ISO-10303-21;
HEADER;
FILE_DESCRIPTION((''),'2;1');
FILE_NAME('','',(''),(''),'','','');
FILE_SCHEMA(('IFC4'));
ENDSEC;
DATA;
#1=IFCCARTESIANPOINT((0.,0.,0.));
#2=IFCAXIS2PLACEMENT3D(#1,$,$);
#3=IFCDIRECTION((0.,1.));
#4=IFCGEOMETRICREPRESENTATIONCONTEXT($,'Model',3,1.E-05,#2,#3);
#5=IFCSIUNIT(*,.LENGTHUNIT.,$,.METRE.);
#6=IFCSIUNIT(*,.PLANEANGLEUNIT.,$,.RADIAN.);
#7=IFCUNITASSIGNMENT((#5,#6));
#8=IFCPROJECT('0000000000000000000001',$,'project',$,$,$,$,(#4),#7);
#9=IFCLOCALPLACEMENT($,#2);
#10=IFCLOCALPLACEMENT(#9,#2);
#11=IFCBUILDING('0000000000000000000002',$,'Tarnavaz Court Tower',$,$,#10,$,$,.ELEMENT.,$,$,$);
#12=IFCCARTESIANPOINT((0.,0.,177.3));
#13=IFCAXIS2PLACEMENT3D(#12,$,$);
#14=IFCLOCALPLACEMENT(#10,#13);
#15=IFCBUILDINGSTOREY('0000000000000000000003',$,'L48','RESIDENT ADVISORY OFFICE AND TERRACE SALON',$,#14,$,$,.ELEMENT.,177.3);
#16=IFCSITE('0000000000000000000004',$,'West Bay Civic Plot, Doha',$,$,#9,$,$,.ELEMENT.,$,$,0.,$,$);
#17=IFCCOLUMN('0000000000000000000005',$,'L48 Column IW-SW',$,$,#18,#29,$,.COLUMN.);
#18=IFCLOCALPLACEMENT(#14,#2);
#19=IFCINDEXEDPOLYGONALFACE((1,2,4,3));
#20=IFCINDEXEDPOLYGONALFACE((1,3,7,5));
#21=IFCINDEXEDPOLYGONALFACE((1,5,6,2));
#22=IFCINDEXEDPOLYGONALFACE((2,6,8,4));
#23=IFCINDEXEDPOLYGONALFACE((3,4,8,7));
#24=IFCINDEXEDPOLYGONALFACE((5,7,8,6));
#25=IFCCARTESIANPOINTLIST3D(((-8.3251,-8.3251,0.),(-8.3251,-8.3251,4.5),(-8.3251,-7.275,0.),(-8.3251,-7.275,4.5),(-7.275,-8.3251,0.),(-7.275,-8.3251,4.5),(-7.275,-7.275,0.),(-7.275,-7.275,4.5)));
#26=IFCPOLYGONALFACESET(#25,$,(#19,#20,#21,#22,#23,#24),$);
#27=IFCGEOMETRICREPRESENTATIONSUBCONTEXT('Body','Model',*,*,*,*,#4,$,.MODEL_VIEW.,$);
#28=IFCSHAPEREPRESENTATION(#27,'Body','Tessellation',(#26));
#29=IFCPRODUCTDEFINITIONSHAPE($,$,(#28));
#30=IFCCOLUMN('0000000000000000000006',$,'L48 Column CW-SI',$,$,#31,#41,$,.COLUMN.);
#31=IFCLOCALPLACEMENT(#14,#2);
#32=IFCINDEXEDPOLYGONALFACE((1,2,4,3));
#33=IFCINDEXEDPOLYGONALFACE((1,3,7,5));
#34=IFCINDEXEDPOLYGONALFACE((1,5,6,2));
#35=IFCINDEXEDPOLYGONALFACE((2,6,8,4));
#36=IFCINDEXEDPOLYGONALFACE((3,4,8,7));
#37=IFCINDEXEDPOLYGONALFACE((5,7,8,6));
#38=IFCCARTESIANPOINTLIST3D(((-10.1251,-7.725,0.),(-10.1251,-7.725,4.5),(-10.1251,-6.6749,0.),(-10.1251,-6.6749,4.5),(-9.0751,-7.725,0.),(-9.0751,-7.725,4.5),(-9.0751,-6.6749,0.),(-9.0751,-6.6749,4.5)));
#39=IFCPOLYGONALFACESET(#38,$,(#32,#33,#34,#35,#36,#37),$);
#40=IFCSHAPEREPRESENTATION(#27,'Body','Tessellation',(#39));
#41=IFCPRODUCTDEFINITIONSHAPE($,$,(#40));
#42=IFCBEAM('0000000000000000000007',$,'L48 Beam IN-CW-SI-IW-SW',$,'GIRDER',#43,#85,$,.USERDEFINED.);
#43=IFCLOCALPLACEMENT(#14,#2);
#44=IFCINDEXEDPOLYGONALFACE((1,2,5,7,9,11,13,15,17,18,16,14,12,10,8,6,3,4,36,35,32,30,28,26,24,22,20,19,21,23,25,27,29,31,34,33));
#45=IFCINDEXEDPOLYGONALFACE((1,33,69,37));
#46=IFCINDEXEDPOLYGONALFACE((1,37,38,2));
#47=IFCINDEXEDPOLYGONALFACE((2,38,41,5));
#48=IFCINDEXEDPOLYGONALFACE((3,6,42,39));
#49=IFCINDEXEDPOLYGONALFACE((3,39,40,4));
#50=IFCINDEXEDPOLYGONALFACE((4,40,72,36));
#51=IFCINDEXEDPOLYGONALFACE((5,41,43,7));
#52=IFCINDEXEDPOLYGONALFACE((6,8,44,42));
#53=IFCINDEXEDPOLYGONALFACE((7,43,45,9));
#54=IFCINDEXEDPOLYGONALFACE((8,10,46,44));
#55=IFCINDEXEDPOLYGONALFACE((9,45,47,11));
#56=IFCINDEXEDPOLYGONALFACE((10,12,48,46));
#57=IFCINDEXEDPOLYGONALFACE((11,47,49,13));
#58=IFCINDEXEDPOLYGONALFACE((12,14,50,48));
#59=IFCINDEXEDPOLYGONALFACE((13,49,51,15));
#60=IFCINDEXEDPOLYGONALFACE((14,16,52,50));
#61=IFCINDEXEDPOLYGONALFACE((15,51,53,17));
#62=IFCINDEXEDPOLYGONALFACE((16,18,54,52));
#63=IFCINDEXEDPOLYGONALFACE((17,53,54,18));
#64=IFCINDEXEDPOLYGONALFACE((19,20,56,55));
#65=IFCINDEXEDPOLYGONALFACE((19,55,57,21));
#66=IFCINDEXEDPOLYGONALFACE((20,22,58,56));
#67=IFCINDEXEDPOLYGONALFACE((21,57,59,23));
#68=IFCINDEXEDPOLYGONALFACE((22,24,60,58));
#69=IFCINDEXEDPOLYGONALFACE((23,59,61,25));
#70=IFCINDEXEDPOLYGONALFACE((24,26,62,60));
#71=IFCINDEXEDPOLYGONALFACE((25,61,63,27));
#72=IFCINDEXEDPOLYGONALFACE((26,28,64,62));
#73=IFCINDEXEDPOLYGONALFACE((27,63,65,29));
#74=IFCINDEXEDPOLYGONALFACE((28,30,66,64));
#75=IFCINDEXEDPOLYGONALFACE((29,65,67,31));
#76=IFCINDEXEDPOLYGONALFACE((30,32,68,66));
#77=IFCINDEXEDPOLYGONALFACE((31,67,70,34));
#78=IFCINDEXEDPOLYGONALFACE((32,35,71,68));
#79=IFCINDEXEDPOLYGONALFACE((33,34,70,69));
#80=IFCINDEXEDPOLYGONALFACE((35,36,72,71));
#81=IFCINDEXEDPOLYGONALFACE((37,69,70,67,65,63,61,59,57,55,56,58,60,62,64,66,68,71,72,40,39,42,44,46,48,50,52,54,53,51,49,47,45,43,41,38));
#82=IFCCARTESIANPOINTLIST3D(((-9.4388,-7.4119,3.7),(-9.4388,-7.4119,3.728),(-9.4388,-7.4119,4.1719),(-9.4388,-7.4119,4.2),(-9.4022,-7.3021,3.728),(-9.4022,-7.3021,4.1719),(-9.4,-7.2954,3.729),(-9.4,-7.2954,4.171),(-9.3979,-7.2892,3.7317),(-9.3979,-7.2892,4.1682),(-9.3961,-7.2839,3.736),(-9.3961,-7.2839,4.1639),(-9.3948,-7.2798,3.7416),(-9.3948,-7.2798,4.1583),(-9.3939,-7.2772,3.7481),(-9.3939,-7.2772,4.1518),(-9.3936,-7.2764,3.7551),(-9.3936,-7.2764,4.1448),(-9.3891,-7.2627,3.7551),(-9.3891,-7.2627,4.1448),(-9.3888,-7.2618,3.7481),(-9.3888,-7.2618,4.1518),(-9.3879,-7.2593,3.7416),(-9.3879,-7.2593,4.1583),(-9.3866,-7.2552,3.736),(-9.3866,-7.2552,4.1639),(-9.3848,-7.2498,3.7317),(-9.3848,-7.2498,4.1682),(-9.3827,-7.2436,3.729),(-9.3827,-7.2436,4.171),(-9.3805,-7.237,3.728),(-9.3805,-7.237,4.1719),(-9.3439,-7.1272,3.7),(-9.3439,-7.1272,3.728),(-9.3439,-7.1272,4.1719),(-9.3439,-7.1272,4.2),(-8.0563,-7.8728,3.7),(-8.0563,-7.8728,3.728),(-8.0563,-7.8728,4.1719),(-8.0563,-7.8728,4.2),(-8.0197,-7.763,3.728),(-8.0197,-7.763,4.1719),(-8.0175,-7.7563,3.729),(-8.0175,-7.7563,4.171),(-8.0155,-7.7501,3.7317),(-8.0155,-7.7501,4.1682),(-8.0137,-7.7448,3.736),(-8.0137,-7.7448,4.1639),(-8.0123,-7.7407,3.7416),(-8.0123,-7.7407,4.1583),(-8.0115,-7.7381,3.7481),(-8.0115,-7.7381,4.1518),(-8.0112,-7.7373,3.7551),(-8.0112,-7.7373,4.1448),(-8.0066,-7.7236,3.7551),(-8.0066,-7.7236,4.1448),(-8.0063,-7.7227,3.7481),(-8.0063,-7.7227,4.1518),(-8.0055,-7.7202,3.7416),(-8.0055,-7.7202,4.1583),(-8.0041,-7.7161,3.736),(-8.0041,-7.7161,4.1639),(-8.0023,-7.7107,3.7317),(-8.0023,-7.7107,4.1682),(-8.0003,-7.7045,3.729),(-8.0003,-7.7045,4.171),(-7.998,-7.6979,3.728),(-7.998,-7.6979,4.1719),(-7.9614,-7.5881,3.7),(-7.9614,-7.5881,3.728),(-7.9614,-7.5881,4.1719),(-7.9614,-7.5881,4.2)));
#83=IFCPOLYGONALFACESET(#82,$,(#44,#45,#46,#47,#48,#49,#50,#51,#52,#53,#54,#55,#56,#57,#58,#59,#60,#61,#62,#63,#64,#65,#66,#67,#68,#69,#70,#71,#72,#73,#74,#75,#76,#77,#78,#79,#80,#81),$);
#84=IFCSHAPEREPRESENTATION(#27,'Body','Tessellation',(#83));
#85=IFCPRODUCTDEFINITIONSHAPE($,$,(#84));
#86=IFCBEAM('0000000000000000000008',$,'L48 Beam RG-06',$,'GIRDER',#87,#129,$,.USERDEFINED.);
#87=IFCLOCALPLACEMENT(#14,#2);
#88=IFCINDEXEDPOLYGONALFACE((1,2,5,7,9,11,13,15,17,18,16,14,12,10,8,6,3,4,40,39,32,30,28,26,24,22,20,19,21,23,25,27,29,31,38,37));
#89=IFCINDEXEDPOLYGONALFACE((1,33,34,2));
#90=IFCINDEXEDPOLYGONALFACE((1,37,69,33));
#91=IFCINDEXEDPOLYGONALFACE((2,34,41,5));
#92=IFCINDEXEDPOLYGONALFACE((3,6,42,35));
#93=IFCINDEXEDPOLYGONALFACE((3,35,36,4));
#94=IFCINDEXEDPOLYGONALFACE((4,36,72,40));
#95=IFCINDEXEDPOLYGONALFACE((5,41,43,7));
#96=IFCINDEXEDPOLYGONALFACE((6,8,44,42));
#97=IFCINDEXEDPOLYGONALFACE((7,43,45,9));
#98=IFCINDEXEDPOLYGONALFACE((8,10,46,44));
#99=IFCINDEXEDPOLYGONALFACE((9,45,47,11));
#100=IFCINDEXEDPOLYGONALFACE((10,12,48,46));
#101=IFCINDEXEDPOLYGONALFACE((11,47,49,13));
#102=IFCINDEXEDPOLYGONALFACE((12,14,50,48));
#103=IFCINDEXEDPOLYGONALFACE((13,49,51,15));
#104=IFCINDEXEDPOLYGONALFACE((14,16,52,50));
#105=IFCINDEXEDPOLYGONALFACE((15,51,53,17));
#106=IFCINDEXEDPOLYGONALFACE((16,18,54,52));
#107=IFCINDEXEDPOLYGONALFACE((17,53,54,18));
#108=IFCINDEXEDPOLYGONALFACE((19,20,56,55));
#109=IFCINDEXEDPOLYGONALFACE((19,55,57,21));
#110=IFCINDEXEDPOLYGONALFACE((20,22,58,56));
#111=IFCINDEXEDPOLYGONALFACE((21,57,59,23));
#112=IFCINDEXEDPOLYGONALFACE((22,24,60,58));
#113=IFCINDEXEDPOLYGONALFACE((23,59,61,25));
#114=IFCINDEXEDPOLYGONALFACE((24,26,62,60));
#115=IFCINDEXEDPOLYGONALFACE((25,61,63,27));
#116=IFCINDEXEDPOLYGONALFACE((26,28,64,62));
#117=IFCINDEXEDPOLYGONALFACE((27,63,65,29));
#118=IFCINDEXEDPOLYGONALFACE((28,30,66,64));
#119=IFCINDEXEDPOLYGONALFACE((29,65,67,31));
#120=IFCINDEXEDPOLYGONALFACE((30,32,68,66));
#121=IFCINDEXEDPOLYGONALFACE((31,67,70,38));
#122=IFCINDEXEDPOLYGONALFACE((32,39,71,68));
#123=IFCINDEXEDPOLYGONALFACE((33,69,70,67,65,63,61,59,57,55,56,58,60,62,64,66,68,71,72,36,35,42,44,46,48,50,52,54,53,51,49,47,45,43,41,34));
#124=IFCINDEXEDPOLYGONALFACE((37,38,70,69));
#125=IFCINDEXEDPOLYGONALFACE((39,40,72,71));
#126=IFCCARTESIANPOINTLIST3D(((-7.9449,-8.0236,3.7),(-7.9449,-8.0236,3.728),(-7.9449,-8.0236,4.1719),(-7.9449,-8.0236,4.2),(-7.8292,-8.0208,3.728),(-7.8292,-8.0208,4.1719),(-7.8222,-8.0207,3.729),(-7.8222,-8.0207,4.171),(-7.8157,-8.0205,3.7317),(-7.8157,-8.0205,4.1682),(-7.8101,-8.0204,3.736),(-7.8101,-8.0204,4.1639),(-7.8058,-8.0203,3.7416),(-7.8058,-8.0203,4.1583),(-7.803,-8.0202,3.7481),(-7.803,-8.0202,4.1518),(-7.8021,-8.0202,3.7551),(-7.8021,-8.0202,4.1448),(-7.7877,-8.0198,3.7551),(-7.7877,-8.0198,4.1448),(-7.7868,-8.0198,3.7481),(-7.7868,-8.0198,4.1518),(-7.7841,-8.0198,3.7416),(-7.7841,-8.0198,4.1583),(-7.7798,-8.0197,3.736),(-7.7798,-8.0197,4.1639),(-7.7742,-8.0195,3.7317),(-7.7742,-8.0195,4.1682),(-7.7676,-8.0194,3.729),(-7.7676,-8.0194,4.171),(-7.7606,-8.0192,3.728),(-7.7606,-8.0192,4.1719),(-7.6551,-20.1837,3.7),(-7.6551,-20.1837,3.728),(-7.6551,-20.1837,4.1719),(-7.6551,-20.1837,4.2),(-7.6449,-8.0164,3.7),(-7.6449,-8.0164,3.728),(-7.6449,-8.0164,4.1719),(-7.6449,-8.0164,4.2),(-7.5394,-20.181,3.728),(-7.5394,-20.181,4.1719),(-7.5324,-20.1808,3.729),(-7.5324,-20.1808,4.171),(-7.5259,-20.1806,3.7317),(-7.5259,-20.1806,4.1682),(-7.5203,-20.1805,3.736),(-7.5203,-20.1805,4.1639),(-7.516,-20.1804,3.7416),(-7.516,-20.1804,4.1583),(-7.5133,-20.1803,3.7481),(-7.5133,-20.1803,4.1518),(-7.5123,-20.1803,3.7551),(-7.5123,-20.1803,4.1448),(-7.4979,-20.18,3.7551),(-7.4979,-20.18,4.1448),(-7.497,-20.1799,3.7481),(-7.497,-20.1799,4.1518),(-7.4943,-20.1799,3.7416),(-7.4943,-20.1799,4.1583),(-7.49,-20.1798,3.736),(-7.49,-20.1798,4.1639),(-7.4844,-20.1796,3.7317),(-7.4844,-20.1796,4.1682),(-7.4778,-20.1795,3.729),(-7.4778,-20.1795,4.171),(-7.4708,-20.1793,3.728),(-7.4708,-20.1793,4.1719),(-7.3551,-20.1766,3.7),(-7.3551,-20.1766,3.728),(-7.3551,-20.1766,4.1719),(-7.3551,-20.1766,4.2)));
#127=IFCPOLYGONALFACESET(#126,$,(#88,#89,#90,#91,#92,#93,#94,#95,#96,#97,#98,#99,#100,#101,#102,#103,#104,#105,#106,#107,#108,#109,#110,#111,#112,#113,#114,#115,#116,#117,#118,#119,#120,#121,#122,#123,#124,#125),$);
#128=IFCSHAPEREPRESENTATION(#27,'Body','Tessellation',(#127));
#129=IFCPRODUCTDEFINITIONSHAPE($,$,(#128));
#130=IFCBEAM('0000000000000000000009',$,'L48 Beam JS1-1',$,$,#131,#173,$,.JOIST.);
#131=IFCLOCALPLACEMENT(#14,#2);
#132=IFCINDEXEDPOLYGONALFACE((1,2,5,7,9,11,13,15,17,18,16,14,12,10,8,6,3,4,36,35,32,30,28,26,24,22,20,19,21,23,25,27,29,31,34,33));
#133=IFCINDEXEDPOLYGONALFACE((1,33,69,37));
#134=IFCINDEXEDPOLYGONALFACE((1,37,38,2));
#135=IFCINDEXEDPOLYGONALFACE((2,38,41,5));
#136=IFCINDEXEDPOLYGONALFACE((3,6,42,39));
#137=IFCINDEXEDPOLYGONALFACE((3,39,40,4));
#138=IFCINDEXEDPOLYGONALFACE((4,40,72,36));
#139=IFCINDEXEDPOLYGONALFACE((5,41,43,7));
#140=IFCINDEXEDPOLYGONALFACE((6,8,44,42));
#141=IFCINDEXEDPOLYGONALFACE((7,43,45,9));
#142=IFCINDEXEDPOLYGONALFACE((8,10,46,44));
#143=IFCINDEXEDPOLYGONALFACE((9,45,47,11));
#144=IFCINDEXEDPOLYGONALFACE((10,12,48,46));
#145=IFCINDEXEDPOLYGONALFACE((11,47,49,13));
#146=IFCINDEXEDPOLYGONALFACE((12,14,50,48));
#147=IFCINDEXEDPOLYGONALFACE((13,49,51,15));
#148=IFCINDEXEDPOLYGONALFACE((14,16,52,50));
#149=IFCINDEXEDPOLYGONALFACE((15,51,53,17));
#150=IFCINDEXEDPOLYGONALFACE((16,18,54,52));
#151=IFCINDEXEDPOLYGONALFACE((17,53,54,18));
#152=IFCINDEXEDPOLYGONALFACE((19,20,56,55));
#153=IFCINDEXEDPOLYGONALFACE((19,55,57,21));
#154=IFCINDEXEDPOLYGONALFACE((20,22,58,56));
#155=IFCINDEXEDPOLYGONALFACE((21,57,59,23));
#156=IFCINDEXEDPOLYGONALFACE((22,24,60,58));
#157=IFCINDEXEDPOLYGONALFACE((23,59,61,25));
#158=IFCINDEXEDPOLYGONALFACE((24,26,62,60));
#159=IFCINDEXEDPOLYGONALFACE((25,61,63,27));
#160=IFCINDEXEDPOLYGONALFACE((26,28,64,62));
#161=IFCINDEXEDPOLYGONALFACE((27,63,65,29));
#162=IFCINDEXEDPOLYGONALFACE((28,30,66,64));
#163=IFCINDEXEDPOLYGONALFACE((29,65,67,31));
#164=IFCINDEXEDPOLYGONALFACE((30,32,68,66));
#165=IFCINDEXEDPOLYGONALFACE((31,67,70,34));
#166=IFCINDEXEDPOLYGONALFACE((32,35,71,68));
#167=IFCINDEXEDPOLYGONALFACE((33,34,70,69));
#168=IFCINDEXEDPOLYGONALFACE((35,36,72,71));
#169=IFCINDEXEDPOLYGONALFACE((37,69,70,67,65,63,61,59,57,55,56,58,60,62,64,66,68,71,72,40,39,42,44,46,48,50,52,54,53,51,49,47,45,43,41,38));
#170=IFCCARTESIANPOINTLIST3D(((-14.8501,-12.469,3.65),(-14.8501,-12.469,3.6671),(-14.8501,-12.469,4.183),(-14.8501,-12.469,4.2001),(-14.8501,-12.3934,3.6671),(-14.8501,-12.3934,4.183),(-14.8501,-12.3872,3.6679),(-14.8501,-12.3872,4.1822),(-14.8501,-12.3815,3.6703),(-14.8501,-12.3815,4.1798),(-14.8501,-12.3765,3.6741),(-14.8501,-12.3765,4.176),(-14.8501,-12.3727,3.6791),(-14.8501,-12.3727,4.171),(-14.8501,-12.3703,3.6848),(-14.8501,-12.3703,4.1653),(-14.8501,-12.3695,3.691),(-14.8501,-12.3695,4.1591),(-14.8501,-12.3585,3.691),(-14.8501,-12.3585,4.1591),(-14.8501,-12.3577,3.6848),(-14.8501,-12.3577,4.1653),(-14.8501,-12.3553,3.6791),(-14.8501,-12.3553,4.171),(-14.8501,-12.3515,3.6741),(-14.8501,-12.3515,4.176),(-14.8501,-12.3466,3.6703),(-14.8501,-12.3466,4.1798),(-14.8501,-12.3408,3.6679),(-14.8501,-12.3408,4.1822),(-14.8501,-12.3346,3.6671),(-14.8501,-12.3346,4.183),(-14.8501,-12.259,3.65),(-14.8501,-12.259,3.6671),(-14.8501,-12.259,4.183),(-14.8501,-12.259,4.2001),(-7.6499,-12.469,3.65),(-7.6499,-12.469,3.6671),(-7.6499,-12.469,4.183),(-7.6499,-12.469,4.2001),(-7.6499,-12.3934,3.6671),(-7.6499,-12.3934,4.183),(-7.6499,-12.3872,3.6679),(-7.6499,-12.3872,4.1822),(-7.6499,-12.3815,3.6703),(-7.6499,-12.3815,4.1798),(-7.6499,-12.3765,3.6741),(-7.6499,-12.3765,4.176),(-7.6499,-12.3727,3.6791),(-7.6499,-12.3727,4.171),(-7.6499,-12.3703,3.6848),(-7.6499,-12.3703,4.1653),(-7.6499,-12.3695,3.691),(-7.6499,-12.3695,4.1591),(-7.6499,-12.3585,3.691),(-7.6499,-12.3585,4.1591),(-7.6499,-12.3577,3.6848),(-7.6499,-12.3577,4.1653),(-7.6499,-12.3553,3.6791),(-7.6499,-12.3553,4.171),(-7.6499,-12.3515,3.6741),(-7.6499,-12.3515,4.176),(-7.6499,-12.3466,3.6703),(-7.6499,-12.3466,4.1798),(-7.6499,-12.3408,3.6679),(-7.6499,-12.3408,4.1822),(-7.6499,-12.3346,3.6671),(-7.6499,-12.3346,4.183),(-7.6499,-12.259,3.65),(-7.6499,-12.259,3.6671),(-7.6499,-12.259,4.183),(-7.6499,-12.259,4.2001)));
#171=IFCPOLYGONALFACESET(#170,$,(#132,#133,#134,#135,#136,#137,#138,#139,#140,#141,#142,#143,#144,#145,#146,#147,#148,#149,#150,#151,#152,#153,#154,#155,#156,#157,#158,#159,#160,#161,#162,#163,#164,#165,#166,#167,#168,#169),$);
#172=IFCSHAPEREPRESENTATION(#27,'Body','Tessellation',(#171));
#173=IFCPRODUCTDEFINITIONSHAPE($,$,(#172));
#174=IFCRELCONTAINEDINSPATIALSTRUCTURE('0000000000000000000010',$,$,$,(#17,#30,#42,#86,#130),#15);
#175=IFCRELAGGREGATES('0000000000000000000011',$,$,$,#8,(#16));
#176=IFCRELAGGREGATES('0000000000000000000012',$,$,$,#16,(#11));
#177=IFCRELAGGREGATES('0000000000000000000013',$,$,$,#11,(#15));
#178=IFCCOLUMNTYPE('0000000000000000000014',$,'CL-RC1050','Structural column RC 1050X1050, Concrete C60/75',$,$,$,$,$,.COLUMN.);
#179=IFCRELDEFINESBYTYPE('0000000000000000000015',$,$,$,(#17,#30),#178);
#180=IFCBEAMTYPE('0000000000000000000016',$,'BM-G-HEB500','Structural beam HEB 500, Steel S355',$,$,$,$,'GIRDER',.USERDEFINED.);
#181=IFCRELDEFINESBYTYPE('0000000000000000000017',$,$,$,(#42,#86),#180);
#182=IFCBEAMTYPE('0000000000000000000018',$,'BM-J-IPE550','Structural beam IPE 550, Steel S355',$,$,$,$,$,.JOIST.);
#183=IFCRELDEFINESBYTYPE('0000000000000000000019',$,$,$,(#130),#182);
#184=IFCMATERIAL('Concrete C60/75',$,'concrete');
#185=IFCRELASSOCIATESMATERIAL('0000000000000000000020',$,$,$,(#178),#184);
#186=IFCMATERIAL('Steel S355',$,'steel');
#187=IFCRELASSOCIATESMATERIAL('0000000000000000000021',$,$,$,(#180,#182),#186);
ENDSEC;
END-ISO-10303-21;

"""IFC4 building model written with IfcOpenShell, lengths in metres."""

from ifc_helpers import new_model, si_unit, direction, frame, origin, origin_2d, place, context, subcontext, project, spatial, rectangle, i_section, extrude, material, material_profile, profile_set, type_object, element, save


model = new_model("IFC4")

# Units and contexts
model_context = context("Model", 3, precision=1e-05, world=origin(), true_north=direction((0.0, 1.0)))
body_context = subcontext(model_context, "Body", "Model", "MODEL_VIEW")
ifc_project = project(units=[si_unit("LENGTHUNIT", "METRE"), si_unit("PLANEANGLEUNIT", "RADIAN")], contexts=[model_context])

# Site, building, storey
site_placement = place(None, origin())
site = spatial("IfcSite", under=ifc_project, at=site_placement, Name="West Bay Civic Plot, Doha", CompositionType="ELEMENT", RefElevation=0.0)
building_placement = place(site_placement, origin())
building = spatial("IfcBuilding", under=site, at=building_placement, Name="Tarnavaz Court Tower", CompositionType="ELEMENT")
storey_placement = place(building_placement, frame((0.0, 0.0, 177.3)))
storey = spatial("IfcBuildingStorey", under=building, at=storey_placement, Name="L48", Description="RESIDENT ADVISORY OFFICE AND TERRACE SALON", CompositionType="ELEMENT", Elevation=177.3)

# Columns
ifc_material_1 = material(Name="Concrete C60/75", Category="concrete")
ifc_material_profile_1 = material_profile(ifc_material_1, rectangle(XDim=1.05, YDim=1.05, at=origin_2d()), Name="RC 1050X1050")
ifc_profile_set_1 = profile_set([ifc_material_profile_1], Name="Concrete C60/75")
column_type = type_object("IfcColumnType", Name="CL-RC1050", Description="Structural column RC 1050X1050, Concrete C60/75", PredefinedType="COLUMN", material=ifc_profile_set_1)
for number, where, z_axis, x_axis, name in (
    (1, (-7.8, -7.8, 0.0), (0.0, 0.0, 1.0), (1.0, 0.0, 0.0), "L48 Column IW-SW"),
    (2, (-9.6001, -7.2, 0.0), (0.0, 0.0, 1.0), (1.0, 0.0, 0.0), "L48 Column CW-SI"),
):
    element("IfcColumn", number, at=place(storey_placement, frame(where, z_axis=z_axis, x_axis=x_axis)), inside=storey, type_object=column_type, Name=name, PredefinedType="COLUMN", context=body_context, shape_type="SweptSolid", body=[
        extrude(rectangle(XDim=1.05, YDim=1.05, at=origin_2d()), origin(), (0.0, 0.0, 1.0), 4.5),
    ])

# Beams
ifc_material_2 = material(Name="Steel S355", Category="steel")
ifc_material_profile_2 = material_profile(ifc_material_2, i_section(OverallWidth=0.3, OverallDepth=0.5, WebThickness=0.0144, FlangeThickness=0.0281, FilletRadius=0.0271, at=origin_2d()), Name="HEB 500")
ifc_profile_set_2 = profile_set([ifc_material_profile_2], Name="Steel S355")
beam_type_1 = type_object("IfcBeamType", Name="BM-G-HEB500", Description="Structural beam HEB 500, Steel S355", ElementType="GIRDER", PredefinedType="USERDEFINED", material=ifc_profile_set_2)
beam_1_placement = place(storey_placement, frame((-9.3914, -7.2695, 3.95), z_axis=(0.948667, -0.316278, 0.0), x_axis=(0.316278, 0.948667, 0.0)))
element("IfcBeam", 3, at=beam_1_placement, inside=storey, type_object=beam_type_1, Name="L48 Beam IN-CW-SI-IW-SW", ObjectType="GIRDER", PredefinedType="USERDEFINED", context=body_context, shape_type="SweptSolid", body=[
    extrude(i_section(OverallWidth=0.3, OverallDepth=0.5, WebThickness=0.0144, FlangeThickness=0.0281, FilletRadius=0.0271, at=origin_2d()), origin(), (0.0, 0.0, 1.0), 1.4573),
])
beam_2_placement = place(storey_placement, frame((-7.7949, -8.02, 3.95), z_axis=(0.023825, -0.999716, 0.0), x_axis=(0.999716, 0.023825, 0.0)))
element("IfcBeam", 4, at=beam_2_placement, inside=storey, type_object=beam_type_1, Name="L48 Beam RG-06", ObjectType="GIRDER", PredefinedType="USERDEFINED", context=body_context, shape_type="SweptSolid", body=[
    extrude(i_section(OverallWidth=0.3, OverallDepth=0.5, WebThickness=0.0144, FlangeThickness=0.0281, FilletRadius=0.0271, at=origin_2d()), origin(), (0.0, 0.0, 1.0), 12.1636),
])
ifc_material_profile_3 = material_profile(ifc_material_2, i_section(OverallWidth=0.21, OverallDepth=0.55, WebThickness=0.011, FlangeThickness=0.0171, FilletRadius=0.0239, at=origin_2d()), Name="IPE 550")
ifc_profile_set_3 = profile_set([ifc_material_profile_3], Name="Steel S355")
beam_type_2 = type_object("IfcBeamType", Name="BM-J-IPE550", Description="Structural beam IPE 550, Steel S355", PredefinedType="JOIST", material=ifc_profile_set_3)
beam_3_placement = place(storey_placement, frame((-14.8501, -12.364, 3.925), z_axis=(1.0, 0.0, 0.0), x_axis=(0.0, 1.0, 0.0)))
element("IfcBeam", 5, at=beam_3_placement, inside=storey, type_object=beam_type_2, Name="L48 Beam JS1-1", PredefinedType="JOIST", context=body_context, shape_type="SweptSolid", body=[
    extrude(i_section(OverallWidth=0.21, OverallDepth=0.55, WebThickness=0.011, FlangeThickness=0.0171, FilletRadius=0.0239, at=origin_2d()), origin(), (0.0, 0.0, 1.0), 7.2002),
])

save(model, "model.ifc")
